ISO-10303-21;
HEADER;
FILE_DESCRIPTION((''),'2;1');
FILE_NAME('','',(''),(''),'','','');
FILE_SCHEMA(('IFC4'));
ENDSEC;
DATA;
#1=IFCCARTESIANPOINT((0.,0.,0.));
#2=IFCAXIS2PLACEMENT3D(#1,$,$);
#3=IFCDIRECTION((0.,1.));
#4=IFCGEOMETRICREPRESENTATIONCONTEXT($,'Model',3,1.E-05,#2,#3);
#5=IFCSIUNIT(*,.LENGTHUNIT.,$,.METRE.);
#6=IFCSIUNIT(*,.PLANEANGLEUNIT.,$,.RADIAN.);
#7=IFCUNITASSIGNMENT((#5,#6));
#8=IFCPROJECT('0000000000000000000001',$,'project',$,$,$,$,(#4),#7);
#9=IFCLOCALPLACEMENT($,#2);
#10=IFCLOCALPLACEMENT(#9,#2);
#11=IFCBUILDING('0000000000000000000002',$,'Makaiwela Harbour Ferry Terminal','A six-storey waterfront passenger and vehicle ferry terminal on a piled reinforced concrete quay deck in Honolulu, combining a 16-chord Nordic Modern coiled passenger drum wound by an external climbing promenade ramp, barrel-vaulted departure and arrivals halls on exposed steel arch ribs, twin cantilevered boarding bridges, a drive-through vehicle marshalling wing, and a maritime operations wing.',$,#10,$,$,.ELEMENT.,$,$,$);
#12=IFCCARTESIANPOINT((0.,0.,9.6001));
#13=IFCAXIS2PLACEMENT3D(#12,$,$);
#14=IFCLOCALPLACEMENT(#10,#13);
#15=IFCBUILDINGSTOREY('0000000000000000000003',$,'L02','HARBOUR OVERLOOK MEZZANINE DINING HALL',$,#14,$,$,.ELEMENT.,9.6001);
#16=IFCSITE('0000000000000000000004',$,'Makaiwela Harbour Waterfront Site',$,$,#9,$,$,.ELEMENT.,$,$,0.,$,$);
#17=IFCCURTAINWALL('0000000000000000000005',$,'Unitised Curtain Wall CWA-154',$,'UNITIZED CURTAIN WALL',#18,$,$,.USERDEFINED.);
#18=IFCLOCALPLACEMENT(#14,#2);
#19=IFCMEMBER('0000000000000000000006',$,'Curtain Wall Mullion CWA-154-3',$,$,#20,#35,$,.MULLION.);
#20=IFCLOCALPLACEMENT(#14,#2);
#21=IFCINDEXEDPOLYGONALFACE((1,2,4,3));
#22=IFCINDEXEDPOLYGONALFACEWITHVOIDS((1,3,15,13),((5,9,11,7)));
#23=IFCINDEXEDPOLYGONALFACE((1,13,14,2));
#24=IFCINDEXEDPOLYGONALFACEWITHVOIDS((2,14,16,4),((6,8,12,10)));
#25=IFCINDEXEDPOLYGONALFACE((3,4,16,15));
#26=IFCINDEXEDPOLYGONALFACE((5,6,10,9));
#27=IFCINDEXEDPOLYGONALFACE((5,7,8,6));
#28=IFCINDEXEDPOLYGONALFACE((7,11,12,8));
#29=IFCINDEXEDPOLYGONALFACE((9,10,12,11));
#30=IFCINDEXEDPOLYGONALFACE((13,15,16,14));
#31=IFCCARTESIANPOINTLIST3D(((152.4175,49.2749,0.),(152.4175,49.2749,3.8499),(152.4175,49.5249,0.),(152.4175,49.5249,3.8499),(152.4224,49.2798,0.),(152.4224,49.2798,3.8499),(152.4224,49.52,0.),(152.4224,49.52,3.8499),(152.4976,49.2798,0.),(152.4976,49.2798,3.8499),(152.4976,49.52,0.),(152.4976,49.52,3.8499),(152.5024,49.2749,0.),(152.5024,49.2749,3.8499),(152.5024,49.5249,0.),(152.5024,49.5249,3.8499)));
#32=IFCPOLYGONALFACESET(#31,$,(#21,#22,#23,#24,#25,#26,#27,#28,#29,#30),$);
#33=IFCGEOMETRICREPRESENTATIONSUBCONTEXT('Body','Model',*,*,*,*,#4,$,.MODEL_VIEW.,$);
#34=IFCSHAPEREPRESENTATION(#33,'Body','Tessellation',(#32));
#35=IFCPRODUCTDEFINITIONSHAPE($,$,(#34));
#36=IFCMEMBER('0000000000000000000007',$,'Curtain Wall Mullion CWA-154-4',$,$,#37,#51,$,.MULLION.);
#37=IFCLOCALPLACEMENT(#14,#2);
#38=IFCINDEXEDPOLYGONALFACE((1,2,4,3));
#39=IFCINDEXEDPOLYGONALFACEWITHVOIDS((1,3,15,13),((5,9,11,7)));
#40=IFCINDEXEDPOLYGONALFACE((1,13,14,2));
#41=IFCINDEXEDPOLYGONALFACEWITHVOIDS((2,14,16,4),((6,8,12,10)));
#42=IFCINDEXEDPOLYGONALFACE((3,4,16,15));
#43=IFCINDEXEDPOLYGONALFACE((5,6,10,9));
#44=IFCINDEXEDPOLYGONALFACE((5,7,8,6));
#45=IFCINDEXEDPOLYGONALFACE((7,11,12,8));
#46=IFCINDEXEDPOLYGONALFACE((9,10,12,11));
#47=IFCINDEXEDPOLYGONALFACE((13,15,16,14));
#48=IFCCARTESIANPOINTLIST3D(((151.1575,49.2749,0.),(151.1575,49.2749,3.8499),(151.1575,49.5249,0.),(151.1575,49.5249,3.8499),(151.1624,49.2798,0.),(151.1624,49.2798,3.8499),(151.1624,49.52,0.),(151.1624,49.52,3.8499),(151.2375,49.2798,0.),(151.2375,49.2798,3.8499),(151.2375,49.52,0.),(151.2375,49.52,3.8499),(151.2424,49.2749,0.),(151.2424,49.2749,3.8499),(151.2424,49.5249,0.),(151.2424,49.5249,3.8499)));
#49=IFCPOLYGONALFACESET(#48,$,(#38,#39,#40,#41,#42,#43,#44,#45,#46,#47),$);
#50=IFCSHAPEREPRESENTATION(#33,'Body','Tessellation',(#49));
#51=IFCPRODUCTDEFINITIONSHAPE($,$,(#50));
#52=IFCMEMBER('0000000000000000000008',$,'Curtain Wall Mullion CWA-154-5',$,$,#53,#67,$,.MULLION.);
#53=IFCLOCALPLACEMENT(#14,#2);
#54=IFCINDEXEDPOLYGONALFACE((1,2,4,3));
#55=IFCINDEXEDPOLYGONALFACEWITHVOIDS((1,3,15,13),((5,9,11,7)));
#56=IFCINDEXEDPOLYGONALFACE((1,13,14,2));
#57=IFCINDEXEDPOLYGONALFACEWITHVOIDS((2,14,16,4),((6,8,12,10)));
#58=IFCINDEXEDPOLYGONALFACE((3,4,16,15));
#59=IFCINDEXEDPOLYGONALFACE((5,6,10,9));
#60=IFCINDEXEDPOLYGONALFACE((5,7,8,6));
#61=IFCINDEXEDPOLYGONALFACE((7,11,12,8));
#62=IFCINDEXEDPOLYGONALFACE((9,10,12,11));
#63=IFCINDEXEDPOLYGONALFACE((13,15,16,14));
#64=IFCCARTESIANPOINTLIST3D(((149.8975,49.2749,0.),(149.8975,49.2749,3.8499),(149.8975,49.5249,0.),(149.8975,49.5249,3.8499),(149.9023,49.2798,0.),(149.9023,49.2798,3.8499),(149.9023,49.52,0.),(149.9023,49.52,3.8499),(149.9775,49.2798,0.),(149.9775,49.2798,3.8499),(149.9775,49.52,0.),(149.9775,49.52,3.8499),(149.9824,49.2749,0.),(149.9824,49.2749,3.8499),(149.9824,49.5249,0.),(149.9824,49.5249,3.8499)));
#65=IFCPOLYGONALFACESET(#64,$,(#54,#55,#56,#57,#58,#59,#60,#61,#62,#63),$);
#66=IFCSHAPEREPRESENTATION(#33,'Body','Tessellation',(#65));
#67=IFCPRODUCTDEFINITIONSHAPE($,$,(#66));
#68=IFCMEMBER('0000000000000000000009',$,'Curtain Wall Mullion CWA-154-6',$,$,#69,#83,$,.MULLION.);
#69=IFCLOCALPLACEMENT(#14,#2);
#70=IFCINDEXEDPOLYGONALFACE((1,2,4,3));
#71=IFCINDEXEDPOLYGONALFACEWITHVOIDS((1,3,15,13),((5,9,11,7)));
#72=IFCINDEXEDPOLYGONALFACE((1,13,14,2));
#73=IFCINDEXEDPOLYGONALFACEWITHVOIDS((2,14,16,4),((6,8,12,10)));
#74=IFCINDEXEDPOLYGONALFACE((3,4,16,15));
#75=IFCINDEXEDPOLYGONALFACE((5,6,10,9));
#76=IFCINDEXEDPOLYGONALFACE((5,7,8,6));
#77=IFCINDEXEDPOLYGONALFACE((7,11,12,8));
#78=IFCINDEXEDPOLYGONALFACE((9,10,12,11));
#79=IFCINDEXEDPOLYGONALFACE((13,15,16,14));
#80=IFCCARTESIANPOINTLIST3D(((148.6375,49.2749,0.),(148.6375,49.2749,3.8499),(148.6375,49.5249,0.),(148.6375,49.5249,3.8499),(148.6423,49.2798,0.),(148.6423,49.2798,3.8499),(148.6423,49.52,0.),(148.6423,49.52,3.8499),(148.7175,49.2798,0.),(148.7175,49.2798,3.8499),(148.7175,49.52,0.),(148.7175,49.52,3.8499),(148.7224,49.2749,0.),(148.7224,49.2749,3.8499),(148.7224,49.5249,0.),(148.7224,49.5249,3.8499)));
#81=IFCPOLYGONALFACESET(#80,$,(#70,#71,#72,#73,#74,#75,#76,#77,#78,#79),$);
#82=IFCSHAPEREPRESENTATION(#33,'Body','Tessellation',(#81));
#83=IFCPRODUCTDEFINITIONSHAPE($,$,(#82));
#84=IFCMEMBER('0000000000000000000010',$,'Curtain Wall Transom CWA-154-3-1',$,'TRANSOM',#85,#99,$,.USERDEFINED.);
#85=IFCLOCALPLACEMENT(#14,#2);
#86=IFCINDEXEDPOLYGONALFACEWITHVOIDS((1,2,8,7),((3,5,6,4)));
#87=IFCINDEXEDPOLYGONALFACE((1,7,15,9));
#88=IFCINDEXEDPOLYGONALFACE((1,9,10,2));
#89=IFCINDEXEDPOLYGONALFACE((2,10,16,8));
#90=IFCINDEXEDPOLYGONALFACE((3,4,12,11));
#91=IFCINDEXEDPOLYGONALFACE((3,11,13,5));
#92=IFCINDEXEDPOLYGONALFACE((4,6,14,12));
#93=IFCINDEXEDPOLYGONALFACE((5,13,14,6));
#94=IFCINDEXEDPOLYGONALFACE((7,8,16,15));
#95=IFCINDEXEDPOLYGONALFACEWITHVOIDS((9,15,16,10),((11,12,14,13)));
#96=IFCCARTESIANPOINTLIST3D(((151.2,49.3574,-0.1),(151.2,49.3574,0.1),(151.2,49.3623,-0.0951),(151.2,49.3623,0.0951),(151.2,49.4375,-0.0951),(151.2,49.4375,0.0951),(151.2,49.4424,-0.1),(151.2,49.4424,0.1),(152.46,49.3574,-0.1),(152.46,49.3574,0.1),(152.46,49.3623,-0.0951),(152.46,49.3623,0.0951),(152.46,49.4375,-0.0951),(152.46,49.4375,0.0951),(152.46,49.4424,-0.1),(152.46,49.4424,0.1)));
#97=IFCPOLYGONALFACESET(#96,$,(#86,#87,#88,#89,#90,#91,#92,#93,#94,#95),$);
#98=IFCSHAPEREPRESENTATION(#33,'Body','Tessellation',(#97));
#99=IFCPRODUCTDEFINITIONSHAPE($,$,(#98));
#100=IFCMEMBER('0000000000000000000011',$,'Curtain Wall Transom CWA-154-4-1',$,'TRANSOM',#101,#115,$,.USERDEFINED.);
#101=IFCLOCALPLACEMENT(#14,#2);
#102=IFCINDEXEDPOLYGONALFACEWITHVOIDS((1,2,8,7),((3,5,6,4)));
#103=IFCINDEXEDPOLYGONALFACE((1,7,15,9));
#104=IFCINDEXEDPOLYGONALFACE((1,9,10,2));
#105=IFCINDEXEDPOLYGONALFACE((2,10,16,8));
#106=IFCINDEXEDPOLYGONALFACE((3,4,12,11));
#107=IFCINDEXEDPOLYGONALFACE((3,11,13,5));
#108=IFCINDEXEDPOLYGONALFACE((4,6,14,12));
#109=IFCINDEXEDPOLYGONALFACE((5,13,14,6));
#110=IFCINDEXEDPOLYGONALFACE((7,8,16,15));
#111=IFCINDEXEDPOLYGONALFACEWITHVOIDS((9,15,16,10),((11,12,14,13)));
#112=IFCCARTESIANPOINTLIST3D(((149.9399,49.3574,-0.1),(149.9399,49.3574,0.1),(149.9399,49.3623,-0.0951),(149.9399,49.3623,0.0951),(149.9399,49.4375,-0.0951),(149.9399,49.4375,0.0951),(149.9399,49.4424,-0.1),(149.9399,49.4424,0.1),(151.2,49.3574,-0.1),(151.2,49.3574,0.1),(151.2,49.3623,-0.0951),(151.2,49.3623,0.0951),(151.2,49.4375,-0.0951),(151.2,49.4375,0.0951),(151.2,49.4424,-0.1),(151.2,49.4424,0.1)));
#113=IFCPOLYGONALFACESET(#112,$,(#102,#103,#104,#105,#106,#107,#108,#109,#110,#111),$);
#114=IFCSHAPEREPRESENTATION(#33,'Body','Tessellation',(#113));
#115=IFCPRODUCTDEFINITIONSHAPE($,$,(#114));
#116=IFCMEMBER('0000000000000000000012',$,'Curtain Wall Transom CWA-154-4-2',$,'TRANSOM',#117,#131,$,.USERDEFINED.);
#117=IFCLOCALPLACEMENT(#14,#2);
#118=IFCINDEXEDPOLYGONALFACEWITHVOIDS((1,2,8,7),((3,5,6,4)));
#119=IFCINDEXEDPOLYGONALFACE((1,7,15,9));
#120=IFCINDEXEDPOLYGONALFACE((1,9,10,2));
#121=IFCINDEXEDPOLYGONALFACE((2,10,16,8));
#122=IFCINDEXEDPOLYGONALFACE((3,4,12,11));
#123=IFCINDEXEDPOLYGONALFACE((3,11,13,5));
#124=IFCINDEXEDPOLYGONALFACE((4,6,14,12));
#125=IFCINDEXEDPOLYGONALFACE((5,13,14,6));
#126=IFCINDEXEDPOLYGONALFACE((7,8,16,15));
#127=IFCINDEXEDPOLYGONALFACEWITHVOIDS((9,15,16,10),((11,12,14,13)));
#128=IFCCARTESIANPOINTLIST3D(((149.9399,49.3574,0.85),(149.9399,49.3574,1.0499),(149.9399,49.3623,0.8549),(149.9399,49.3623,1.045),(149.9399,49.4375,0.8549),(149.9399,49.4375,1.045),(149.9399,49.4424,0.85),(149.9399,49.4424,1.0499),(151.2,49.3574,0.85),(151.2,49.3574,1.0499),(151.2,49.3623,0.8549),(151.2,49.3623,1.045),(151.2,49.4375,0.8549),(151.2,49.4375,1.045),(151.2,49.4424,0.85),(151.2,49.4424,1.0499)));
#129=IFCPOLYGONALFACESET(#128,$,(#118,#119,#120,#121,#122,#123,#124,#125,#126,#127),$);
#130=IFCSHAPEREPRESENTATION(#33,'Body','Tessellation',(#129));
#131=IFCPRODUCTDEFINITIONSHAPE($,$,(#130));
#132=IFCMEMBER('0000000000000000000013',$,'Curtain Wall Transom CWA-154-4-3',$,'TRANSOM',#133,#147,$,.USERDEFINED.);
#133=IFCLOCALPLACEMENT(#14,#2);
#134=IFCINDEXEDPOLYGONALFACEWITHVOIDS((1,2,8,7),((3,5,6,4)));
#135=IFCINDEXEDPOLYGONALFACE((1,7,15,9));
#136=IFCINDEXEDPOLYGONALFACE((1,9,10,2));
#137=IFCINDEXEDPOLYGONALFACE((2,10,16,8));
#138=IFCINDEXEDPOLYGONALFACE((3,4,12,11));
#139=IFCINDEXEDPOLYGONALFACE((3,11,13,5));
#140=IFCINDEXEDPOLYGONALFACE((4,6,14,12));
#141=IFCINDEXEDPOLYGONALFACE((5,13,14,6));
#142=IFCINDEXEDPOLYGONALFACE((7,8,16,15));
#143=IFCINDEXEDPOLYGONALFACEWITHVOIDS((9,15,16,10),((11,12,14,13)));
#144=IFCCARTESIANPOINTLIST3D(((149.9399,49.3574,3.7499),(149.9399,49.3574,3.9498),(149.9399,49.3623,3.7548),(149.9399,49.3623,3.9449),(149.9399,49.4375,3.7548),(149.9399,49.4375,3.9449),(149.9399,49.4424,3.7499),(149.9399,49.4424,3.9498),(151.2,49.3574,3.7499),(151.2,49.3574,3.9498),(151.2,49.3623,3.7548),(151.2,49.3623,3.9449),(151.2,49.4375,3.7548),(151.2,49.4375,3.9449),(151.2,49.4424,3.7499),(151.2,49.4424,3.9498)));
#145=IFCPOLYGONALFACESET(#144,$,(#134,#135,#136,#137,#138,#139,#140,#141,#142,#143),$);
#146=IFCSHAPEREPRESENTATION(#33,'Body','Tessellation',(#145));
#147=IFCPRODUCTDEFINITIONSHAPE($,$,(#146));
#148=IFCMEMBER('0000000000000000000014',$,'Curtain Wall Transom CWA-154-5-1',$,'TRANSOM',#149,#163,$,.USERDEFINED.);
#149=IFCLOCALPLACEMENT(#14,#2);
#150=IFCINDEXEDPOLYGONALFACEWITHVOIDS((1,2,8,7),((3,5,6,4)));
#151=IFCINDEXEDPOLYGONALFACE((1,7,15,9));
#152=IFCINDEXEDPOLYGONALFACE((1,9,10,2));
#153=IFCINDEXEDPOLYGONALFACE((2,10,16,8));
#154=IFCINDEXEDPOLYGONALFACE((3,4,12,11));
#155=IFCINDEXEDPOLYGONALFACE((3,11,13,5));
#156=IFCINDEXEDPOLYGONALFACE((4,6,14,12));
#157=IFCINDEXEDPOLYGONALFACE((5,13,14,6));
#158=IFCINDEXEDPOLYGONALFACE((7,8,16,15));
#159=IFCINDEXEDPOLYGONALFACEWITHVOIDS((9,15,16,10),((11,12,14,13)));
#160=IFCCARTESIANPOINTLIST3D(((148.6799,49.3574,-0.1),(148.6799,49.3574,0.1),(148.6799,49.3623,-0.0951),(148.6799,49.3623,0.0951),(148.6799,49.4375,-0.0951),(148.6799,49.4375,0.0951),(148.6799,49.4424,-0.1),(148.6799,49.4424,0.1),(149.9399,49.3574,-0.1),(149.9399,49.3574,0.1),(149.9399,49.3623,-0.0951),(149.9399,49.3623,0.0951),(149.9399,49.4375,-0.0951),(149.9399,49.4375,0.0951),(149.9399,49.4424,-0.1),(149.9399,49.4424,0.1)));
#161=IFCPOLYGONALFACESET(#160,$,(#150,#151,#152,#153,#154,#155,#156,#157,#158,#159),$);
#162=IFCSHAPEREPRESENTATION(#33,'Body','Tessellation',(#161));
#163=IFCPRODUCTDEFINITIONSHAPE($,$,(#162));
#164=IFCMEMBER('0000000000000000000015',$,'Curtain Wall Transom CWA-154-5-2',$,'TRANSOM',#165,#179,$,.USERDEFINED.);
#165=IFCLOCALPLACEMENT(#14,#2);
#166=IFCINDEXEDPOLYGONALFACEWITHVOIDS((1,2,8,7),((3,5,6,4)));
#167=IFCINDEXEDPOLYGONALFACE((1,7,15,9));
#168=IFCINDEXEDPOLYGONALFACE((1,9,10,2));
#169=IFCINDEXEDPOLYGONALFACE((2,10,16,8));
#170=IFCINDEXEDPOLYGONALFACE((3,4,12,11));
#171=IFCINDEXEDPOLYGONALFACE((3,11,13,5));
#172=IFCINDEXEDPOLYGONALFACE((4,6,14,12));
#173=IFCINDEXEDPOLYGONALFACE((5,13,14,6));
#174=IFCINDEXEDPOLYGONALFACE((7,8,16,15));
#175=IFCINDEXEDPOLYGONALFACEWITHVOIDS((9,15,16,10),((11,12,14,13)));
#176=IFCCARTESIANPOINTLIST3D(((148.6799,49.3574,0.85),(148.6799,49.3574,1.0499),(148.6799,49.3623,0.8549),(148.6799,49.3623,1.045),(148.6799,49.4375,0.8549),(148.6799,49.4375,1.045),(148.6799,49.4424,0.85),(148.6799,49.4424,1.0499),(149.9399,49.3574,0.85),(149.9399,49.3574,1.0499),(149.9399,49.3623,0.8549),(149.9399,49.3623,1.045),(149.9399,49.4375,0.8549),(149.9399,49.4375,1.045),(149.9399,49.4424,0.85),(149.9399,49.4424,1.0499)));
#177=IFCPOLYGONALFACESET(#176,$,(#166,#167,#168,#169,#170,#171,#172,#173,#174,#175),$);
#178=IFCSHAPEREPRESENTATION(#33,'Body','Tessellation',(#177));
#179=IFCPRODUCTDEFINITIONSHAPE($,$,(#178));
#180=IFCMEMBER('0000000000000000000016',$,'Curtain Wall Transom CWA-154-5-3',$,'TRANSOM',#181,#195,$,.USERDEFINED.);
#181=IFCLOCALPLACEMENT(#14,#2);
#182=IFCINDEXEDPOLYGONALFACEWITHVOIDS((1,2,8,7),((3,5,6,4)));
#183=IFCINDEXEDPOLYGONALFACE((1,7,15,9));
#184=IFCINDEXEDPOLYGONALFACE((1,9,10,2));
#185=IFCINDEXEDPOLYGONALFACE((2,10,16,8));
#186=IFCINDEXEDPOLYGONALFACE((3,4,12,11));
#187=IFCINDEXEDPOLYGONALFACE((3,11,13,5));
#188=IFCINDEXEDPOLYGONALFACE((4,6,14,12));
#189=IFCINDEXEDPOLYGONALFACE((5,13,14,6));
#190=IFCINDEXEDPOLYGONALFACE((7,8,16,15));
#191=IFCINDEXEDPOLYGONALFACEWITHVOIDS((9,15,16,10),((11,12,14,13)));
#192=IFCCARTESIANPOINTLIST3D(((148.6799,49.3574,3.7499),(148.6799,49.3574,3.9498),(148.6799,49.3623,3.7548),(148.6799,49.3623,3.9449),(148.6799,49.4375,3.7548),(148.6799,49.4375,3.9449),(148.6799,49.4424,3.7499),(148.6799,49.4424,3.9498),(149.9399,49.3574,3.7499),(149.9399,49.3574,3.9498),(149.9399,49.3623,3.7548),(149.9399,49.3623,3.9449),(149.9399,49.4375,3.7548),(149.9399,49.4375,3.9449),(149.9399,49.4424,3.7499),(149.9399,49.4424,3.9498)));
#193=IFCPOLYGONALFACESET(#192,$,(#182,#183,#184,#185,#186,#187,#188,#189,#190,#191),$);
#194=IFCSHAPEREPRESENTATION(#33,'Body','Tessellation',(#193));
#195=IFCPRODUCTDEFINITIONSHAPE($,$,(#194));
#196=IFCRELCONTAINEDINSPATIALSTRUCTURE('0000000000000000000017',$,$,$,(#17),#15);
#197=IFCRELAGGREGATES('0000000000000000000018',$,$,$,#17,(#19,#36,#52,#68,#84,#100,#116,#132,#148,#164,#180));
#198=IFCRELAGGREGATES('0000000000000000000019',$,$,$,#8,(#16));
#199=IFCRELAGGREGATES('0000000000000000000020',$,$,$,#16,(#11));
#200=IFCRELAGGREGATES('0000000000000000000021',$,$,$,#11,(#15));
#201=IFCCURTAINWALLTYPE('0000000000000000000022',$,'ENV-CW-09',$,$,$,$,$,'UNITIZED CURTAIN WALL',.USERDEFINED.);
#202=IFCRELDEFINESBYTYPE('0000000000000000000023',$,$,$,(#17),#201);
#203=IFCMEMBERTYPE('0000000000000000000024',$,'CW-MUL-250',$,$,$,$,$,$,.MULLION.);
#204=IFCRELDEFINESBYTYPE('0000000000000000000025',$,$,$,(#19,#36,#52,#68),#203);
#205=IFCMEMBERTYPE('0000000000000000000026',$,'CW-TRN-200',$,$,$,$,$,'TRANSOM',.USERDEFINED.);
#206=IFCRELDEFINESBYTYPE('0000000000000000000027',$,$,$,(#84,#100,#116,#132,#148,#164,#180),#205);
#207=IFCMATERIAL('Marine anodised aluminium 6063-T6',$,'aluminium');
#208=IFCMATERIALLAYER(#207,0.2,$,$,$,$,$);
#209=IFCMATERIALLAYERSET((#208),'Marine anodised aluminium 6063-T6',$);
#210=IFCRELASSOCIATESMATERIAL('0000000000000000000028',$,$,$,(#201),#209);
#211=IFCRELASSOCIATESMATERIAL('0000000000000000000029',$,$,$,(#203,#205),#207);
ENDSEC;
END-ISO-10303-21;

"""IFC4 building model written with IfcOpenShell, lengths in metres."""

from ifc_helpers import new_model, si_unit, direction, frame, origin, origin_2d, place, context, subcontext, project, spatial, hollow_rectangle, extrude, material, layer, layer_set, material_profile, profile_set, type_object, element, aggregate, save


model = new_model("IFC4")

# Units and contexts
model_context = context("Model", 3, precision=1e-05, world=origin(), true_north=direction((0.0, 1.0)))
body_context = subcontext(model_context, "Body", "Model", "MODEL_VIEW")
ifc_project = project(units=[si_unit("LENGTHUNIT", "METRE"), si_unit("PLANEANGLEUNIT", "RADIAN")], contexts=[model_context])

# Site, building, storey
site_placement = place(None, origin())
site = spatial("IfcSite", under=ifc_project, at=site_placement, Name="Makaiwela Harbour Waterfront Site", CompositionType="ELEMENT", RefElevation=0.0)
building_placement = place(site_placement, origin())
building = spatial("IfcBuilding", under=site, at=building_placement, Name="Makaiwela Harbour Ferry Terminal", Description="A six-storey waterfront passenger and vehicle ferry terminal on a piled reinforced concrete quay deck in Honolulu, combining a 16-chord Nordic Modern coiled passenger drum wound by an external climbing promenade ramp, barrel-vaulted departure and arrivals halls on exposed steel arch ribs, twin cantilevered boarding bridges, a drive-through vehicle marshalling wing, and a maritime operations wing.", CompositionType="ELEMENT")
storey_placement = place(building_placement, frame((0.0, 0.0, 9.6001)))
storey = spatial("IfcBuildingStorey", under=building, at=storey_placement, Name="L02", Description="HARBOUR OVERLOOK MEZZANINE DINING HALL", CompositionType="ELEMENT", Elevation=9.6001)

# Curtain wall, members
ifc_material_1 = material(Name="Marine anodised aluminium 6063-T6", Category="aluminium")
ifc_layer_1 = layer(ifc_material_1, 0.2)
ifc_layer_set_1 = layer_set([ifc_layer_1], Name="Marine anodised aluminium 6063-T6")
curtain_wall_type = type_object("IfcCurtainWallType", Name="ENV-CW-09", ElementType="UNITIZED CURTAIN WALL", PredefinedType="USERDEFINED", material=ifc_layer_set_1)
curtain_wall_placement = place(storey_placement, origin())
curtain_wall = element("IfcCurtainWall", 1, at=curtain_wall_placement, inside=storey, type_object=curtain_wall_type, Name="Unitised Curtain Wall CWA-154", ObjectType="UNITIZED CURTAIN WALL", PredefinedType="USERDEFINED")
ifc_material_profile_1 = material_profile(ifc_material_1, hollow_rectangle(XDim=0.085, YDim=0.25, WallThickness=0.0049, at=origin_2d()), Name="CWM-250X85")
ifc_profile_set_1 = profile_set([ifc_material_profile_1], Name="Marine anodised aluminium 6063-T6")
member_type_1 = type_object("IfcMemberType", Name="CW-MUL-250", PredefinedType="MULLION", material=ifc_profile_set_1)
member_1_placement = place(storey_placement, frame((152.46, 49.3999, 0.0), z_axis=(0.0, 0.0, 1.0), x_axis=(1.0, 0.0, 0.0)))
member_1 = element("IfcMember", 2, at=member_1_placement, type_object=member_type_1, Name="Curtain Wall Mullion CWA-154-3", PredefinedType="MULLION", context=body_context, shape_type="SweptSolid", body=[
    extrude(hollow_rectangle(XDim=0.085, YDim=0.25, WallThickness=0.0049, at=origin_2d()), origin(), (0.0, 0.0, 1.0), 3.8499),
])
member_2_placement = place(storey_placement, frame((151.2, 49.3999, 0.0), z_axis=(0.0, 0.0, 1.0), x_axis=(1.0, 0.0, 0.0)))
member_2 = element("IfcMember", 3, at=member_2_placement, type_object=member_type_1, Name="Curtain Wall Mullion CWA-154-4", PredefinedType="MULLION", context=body_context, shape_type="SweptSolid", body=[
    extrude(hollow_rectangle(XDim=0.085, YDim=0.25, WallThickness=0.0049, at=origin_2d()), origin(), (0.0, 0.0, 1.0), 3.8499),
])
member_3_placement = place(storey_placement, frame((149.9399, 49.3999, 0.0), z_axis=(0.0, 0.0, 1.0), x_axis=(1.0, 0.0, 0.0)))
member_3 = element("IfcMember", 4, at=member_3_placement, type_object=member_type_1, Name="Curtain Wall Mullion CWA-154-5", PredefinedType="MULLION", context=body_context, shape_type="SweptSolid", body=[
    extrude(hollow_rectangle(XDim=0.085, YDim=0.25, WallThickness=0.0049, at=origin_2d()), origin(), (0.0, 0.0, 1.0), 3.8499),
])
member_4_placement = place(storey_placement, frame((148.6799, 49.3999, 0.0), z_axis=(0.0, 0.0, 1.0), x_axis=(1.0, 0.0, 0.0)))
member_4 = element("IfcMember", 5, at=member_4_placement, type_object=member_type_1, Name="Curtain Wall Mullion CWA-154-6", PredefinedType="MULLION", context=body_context, shape_type="SweptSolid", body=[
    extrude(hollow_rectangle(XDim=0.085, YDim=0.25, WallThickness=0.0049, at=origin_2d()), origin(), (0.0, 0.0, 1.0), 3.8499),
])
ifc_material_profile_2 = material_profile(ifc_material_1, hollow_rectangle(XDim=0.085, YDim=0.2, WallThickness=0.0049, at=origin_2d()), Name="CWT-200X85")
ifc_profile_set_2 = profile_set([ifc_material_profile_2], Name="Marine anodised aluminium 6063-T6")
member_type_2 = type_object("IfcMemberType", Name="CW-TRN-200", ElementType="TRANSOM", PredefinedType="USERDEFINED", material=ifc_profile_set_2)
member_5_placement = place(storey_placement, frame((152.46, 49.3999, 0.0), z_axis=(-1.0, 0.0, 0.0), x_axis=(0.0, -1.0, 0.0)))
member_5 = element("IfcMember", 6, at=member_5_placement, type_object=member_type_2, Name="Curtain Wall Transom CWA-154-3-1", ObjectType="TRANSOM", PredefinedType="USERDEFINED", context=body_context, shape_type="SweptSolid", body=[
    extrude(hollow_rectangle(XDim=0.085, YDim=0.2, WallThickness=0.0049, at=origin_2d()), origin(), (0.0, 0.0, 1.0), 1.26),
])
member_6_placement = place(storey_placement, frame((151.2, 49.3999, 0.0), z_axis=(-1.0, 0.0, 0.0), x_axis=(0.0, -1.0, 0.0)))
member_6 = element("IfcMember", 7, at=member_6_placement, type_object=member_type_2, Name="Curtain Wall Transom CWA-154-4-1", ObjectType="TRANSOM", PredefinedType="USERDEFINED", context=body_context, shape_type="SweptSolid", body=[
    extrude(hollow_rectangle(XDim=0.085, YDim=0.2, WallThickness=0.0049, at=origin_2d()), origin(), (0.0, 0.0, 1.0), 1.26),
])
member_7_placement = place(storey_placement, frame((151.2, 49.3999, 0.95), z_axis=(-1.0, 0.0, 0.0), x_axis=(0.0, -1.0, 0.0)))
member_7 = element("IfcMember", 8, at=member_7_placement, type_object=member_type_2, Name="Curtain Wall Transom CWA-154-4-2", ObjectType="TRANSOM", PredefinedType="USERDEFINED", context=body_context, shape_type="SweptSolid", body=[
    extrude(hollow_rectangle(XDim=0.085, YDim=0.2, WallThickness=0.0049, at=origin_2d()), origin(), (0.0, 0.0, 1.0), 1.26),
])
member_8_placement = place(storey_placement, frame((151.2, 49.3999, 3.8499), z_axis=(-1.0, 0.0, 0.0), x_axis=(0.0, -1.0, 0.0)))
member_8 = element("IfcMember", 9, at=member_8_placement, type_object=member_type_2, Name="Curtain Wall Transom CWA-154-4-3", ObjectType="TRANSOM", PredefinedType="USERDEFINED", context=body_context, shape_type="SweptSolid", body=[
    extrude(hollow_rectangle(XDim=0.085, YDim=0.2, WallThickness=0.0049, at=origin_2d()), origin(), (0.0, 0.0, 1.0), 1.26),
])
member_9_placement = place(storey_placement, frame((149.9399, 49.3999, 0.0), z_axis=(-1.0, 0.0, 0.0), x_axis=(0.0, -1.0, 0.0)))
member_9 = element("IfcMember", 10, at=member_9_placement, type_object=member_type_2, Name="Curtain Wall Transom CWA-154-5-1", ObjectType="TRANSOM", PredefinedType="USERDEFINED", context=body_context, shape_type="SweptSolid", body=[
    extrude(hollow_rectangle(XDim=0.085, YDim=0.2, WallThickness=0.0049, at=origin_2d()), origin(), (0.0, 0.0, 1.0), 1.26),
])
member_10_placement = place(storey_placement, frame((149.9399, 49.3999, 0.95), z_axis=(-1.0, 0.0, 0.0), x_axis=(0.0, -1.0, 0.0)))
member_10 = element("IfcMember", 11, at=member_10_placement, type_object=member_type_2, Name="Curtain Wall Transom CWA-154-5-2", ObjectType="TRANSOM", PredefinedType="USERDEFINED", context=body_context, shape_type="SweptSolid", body=[
    extrude(hollow_rectangle(XDim=0.085, YDim=0.2, WallThickness=0.0049, at=origin_2d()), origin(), (0.0, 0.0, 1.0), 1.26),
])
member_11_placement = place(storey_placement, frame((149.9399, 49.3999, 3.8499), z_axis=(-1.0, 0.0, 0.0), x_axis=(0.0, -1.0, 0.0)))
member_11 = element("IfcMember", 12, at=member_11_placement, type_object=member_type_2, Name="Curtain Wall Transom CWA-154-5-3", ObjectType="TRANSOM", PredefinedType="USERDEFINED", context=body_context, shape_type="SweptSolid", body=[
    extrude(hollow_rectangle(XDim=0.085, YDim=0.2, WallThickness=0.0049, at=origin_2d()), origin(), (0.0, 0.0, 1.0), 1.26),
])
aggregate(curtain_wall, [member_1, member_2, member_3, member_4, member_5, member_6, member_7, member_8, member_9, member_10, member_11])

save(model, "model.ifc")
